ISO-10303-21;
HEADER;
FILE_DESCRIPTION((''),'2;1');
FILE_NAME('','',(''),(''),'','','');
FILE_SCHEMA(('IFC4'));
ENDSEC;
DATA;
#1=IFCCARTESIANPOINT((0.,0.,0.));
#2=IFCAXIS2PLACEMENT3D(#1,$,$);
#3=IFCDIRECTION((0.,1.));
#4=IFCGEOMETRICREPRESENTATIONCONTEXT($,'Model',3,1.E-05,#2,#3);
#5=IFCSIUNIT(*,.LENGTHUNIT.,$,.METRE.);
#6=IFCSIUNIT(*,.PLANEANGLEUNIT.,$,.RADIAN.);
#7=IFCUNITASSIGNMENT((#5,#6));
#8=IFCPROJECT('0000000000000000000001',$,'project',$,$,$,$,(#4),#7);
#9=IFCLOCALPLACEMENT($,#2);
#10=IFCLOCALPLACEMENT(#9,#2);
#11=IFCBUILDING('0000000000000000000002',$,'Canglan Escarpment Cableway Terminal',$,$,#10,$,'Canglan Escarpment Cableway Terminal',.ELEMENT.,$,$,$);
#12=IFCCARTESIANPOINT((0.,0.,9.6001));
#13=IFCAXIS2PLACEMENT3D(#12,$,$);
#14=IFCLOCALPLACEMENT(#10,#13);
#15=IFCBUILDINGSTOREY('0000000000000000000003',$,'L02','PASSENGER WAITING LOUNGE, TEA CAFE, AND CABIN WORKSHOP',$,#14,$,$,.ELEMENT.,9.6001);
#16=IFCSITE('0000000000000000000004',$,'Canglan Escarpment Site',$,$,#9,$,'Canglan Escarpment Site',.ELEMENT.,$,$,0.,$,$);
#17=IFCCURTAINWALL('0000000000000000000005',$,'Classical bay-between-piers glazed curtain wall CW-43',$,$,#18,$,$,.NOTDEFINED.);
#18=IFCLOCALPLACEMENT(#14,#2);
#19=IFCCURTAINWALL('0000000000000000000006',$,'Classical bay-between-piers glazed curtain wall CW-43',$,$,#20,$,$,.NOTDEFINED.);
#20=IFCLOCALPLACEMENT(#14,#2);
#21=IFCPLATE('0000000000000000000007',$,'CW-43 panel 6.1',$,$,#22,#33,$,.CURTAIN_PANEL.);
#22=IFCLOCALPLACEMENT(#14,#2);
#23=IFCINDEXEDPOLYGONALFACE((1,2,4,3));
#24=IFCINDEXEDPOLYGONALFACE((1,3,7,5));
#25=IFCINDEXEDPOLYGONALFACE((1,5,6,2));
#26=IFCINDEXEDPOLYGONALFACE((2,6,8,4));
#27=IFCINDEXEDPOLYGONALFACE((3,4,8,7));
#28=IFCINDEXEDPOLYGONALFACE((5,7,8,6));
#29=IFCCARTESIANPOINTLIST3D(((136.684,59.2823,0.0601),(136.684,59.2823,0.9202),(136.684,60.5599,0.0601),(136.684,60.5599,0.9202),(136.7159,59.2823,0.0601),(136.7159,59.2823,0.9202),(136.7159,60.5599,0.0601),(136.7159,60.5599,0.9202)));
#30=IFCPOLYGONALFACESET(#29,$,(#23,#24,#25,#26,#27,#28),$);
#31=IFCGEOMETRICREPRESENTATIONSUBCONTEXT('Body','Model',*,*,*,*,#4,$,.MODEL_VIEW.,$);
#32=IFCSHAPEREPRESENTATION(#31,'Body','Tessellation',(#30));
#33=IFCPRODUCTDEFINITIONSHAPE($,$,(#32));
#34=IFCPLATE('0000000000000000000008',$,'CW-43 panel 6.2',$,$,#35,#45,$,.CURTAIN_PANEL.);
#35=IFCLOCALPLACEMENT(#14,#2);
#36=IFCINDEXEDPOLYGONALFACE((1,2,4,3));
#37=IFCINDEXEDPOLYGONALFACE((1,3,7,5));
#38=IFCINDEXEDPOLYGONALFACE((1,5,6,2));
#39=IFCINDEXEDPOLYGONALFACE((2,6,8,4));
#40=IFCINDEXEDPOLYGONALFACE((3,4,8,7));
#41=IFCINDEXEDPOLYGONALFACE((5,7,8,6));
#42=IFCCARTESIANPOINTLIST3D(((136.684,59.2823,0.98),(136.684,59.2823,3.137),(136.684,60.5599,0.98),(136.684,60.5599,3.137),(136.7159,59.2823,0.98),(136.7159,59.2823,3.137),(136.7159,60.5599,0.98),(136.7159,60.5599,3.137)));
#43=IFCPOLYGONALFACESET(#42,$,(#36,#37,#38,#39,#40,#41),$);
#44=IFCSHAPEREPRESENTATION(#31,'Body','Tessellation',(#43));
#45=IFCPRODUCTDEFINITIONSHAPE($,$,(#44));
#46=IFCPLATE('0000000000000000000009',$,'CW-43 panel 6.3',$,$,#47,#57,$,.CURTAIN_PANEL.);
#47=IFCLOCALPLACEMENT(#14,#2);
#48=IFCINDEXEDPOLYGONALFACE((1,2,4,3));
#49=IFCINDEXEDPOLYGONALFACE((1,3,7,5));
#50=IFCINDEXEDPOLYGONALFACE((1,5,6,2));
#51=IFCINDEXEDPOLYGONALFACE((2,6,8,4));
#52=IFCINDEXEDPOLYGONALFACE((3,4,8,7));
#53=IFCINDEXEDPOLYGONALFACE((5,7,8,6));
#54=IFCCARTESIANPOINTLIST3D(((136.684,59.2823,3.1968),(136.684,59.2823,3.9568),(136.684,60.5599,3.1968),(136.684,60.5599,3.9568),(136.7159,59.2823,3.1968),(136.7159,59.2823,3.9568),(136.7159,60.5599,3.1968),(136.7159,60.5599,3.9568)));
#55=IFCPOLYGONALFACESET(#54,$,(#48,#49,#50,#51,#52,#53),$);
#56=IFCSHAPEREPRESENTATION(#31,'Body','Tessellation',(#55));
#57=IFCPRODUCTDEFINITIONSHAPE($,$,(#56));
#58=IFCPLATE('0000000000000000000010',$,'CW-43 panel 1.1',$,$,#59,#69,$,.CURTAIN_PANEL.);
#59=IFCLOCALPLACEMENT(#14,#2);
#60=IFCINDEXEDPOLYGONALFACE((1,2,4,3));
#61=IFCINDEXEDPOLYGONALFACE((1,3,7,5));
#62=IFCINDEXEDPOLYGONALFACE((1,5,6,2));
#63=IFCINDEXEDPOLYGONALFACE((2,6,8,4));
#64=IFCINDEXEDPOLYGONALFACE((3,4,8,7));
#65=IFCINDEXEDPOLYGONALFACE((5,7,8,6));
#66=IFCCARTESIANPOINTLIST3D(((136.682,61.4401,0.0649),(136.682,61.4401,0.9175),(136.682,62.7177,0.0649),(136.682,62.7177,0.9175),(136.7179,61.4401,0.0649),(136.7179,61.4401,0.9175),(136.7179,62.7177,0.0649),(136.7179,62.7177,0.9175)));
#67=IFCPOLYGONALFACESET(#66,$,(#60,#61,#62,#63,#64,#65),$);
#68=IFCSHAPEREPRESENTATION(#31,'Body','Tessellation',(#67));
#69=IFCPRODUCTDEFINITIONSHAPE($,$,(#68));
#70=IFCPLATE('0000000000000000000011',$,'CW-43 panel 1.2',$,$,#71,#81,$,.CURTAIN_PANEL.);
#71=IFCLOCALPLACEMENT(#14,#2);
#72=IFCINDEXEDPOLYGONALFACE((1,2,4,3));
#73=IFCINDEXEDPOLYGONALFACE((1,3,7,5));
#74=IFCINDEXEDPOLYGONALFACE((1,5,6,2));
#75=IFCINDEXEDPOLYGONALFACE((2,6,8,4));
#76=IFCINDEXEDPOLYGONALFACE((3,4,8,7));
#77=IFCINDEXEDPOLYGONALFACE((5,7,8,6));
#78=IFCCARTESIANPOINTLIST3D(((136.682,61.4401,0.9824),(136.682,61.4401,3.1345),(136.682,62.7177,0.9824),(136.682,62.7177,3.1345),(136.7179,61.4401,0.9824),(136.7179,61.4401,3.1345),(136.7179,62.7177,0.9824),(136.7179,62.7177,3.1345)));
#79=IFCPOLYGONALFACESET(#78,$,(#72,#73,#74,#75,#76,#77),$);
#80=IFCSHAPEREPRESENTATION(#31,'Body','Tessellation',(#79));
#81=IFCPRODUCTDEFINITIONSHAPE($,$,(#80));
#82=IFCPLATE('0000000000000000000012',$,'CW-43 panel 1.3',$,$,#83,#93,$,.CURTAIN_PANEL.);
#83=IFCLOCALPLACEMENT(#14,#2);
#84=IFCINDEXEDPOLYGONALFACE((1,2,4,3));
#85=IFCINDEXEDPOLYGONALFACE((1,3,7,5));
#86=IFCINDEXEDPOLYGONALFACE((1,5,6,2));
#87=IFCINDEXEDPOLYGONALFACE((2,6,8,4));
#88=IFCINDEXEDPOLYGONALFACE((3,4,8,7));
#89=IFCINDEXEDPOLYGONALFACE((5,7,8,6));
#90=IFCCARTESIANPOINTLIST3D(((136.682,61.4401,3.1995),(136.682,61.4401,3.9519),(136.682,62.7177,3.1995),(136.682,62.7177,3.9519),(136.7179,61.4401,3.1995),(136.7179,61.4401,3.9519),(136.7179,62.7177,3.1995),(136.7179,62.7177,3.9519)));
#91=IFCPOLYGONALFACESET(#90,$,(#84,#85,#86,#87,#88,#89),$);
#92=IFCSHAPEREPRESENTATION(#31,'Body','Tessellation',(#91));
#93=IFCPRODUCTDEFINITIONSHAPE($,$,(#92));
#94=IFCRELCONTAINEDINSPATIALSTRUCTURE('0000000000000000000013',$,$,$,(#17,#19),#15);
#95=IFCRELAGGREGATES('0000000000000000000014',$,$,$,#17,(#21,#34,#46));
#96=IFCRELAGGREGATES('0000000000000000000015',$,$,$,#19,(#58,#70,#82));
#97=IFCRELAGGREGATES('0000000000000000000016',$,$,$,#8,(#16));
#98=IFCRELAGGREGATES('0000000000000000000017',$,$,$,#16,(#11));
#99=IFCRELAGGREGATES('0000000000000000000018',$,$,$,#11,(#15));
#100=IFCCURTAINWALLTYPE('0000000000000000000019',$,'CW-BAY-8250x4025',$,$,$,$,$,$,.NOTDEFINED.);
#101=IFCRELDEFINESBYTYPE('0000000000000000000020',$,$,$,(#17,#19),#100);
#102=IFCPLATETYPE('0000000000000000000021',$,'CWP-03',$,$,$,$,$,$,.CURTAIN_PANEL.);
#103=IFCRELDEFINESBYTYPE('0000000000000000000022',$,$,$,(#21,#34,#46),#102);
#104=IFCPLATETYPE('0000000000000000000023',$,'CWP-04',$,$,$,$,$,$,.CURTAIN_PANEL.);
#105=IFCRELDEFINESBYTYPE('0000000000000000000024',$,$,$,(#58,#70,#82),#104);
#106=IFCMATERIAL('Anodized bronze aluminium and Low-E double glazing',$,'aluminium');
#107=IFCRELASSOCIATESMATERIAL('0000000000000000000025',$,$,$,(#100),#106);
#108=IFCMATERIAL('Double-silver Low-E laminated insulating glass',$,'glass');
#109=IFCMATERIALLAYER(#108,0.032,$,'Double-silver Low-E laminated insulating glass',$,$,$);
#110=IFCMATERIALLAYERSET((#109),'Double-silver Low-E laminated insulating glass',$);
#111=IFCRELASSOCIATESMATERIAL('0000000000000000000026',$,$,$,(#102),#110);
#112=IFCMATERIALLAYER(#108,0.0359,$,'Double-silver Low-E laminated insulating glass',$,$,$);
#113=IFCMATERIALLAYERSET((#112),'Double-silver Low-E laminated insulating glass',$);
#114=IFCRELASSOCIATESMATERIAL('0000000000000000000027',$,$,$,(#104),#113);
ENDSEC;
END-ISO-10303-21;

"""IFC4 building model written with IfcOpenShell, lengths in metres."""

from ifc_helpers import new_model, si_unit, direction, frame, origin, origin_2d, place, context, subcontext, project, spatial, rectangle, extrude, material, layer, layer_set, type_object, element, aggregate, save


model = new_model("IFC4")

# Units and contexts
model_context = context("Model", 3, precision=1e-05, world=origin(), true_north=direction((0.0, 1.0)))
body_context = subcontext(model_context, "Body", "Model", "MODEL_VIEW")
ifc_project = project(units=[si_unit("LENGTHUNIT", "METRE"), si_unit("PLANEANGLEUNIT", "RADIAN")], contexts=[model_context])

# Site, building, storey
site_placement = place(None, origin())
site = spatial("IfcSite", under=ifc_project, at=site_placement, Name="Canglan Escarpment Site", LongName="Canglan Escarpment Site", CompositionType="ELEMENT", RefElevation=0.0)
building_placement = place(site_placement, origin())
building = spatial("IfcBuilding", under=site, at=building_placement, Name="Canglan Escarpment Cableway Terminal", LongName="Canglan Escarpment Cableway Terminal", CompositionType="ELEMENT")
storey_placement = place(building_placement, frame((0.0, 0.0, 9.6001)))
storey = spatial("IfcBuildingStorey", under=building, at=storey_placement, Name="L02", Description="PASSENGER WAITING LOUNGE, TEA CAFE, AND CABIN WORKSHOP", CompositionType="ELEMENT", Elevation=9.6001)

# Curtain walls
ifc_material_1 = material(Name="Anodized bronze aluminium and Low-E double glazing", Category="aluminium")
curtain_wall_type = type_object("IfcCurtainWallType", Name="CW-BAY-8250x4025", PredefinedType="NOTDEFINED", material=ifc_material_1)
curtain_wall_1_placement = place(storey_placement, origin())
curtain_wall_1 = element("IfcCurtainWall", 1, at=curtain_wall_1_placement, inside=storey, type_object=curtain_wall_type, Name="Classical bay-between-piers glazed curtain wall CW-43", PredefinedType="NOTDEFINED")
curtain_wall_2_placement = place(storey_placement, origin())
curtain_wall_2 = element("IfcCurtainWall", 2, at=curtain_wall_2_placement, inside=storey, type_object=curtain_wall_type, Name="Classical bay-between-piers glazed curtain wall CW-43", PredefinedType="NOTDEFINED")

# Plates
ifc_material_2 = material(Name="Double-silver Low-E laminated insulating glass", Category="glass")
ifc_layer_1 = layer(ifc_material_2, 0.032, Name="Double-silver Low-E laminated insulating glass")
ifc_layer_set_1 = layer_set([ifc_layer_1], Name="Double-silver Low-E laminated insulating glass")
plate_type_1 = type_object("IfcPlateType", Name="CWP-03", PredefinedType="CURTAIN_PANEL", material=ifc_layer_set_1)
plate_1_placement = place(storey_placement, frame((136.7, 59.9211, 0.0601), z_axis=(0.0, 0.0, 1.0), x_axis=(0.0, 1.0, 0.0)))
plate_1 = element("IfcPlate", 3, at=plate_1_placement, type_object=plate_type_1, Name="CW-43 panel 6.1", PredefinedType="CURTAIN_PANEL", context=body_context, shape_type="SweptSolid", body=[
    extrude(rectangle(XDim=1.2776, YDim=0.032, at=origin_2d()), origin(), (0.0, 0.0, 1.0), 0.8601),
])
plate_2_placement = place(storey_placement, frame((136.7, 59.9211, 0.98), z_axis=(0.0, 0.0, 1.0), x_axis=(0.0, 1.0, 0.0)))
plate_2 = element("IfcPlate", 4, at=plate_2_placement, type_object=plate_type_1, Name="CW-43 panel 6.2", PredefinedType="CURTAIN_PANEL", context=body_context, shape_type="SweptSolid", body=[
    extrude(rectangle(XDim=1.2776, YDim=0.032, at=origin_2d()), origin(), (0.0, 0.0, 1.0), 2.157),
])
plate_3_placement = place(storey_placement, frame((136.7, 59.9211, 3.1968), z_axis=(0.0, 0.0, 1.0), x_axis=(0.0, 1.0, 0.0)))
plate_3 = element("IfcPlate", 5, at=plate_3_placement, type_object=plate_type_1, Name="CW-43 panel 6.3", PredefinedType="CURTAIN_PANEL", context=body_context, shape_type="SweptSolid", body=[
    extrude(rectangle(XDim=1.2776, YDim=0.032, at=origin_2d()), origin(), (0.0, 0.0, 1.0), 0.76),
])
aggregate(curtain_wall_1, [plate_1, plate_2, plate_3])
ifc_layer_2 = layer(ifc_material_2, 0.0359, Name="Double-silver Low-E laminated insulating glass")
ifc_layer_set_2 = layer_set([ifc_layer_2], Name="Double-silver Low-E laminated insulating glass")
plate_type_2 = type_object("IfcPlateType", Name="CWP-04", PredefinedType="CURTAIN_PANEL", material=ifc_layer_set_2)
plate_4_placement = place(storey_placement, frame((136.7, 62.0789, 0.0649), z_axis=(0.0, 0.0, 1.0), x_axis=(0.0, 1.0, 0.0)))
plate_4 = element("IfcPlate", 6, at=plate_4_placement, type_object=plate_type_2, Name="CW-43 panel 1.1", PredefinedType="CURTAIN_PANEL", context=body_context, shape_type="SweptSolid", body=[
    extrude(rectangle(XDim=1.2776, YDim=0.0359, at=origin_2d()), origin(), (0.0, 0.0, 1.0), 0.8525),
])
plate_5_placement = place(storey_placement, frame((136.7, 62.0789, 0.9824), z_axis=(0.0, 0.0, 1.0), x_axis=(0.0, 1.0, 0.0)))
plate_5 = element("IfcPlate", 7, at=plate_5_placement, type_object=plate_type_2, Name="CW-43 panel 1.2", PredefinedType="CURTAIN_PANEL", context=body_context, shape_type="SweptSolid", body=[
    extrude(rectangle(XDim=1.2776, YDim=0.0359, at=origin_2d()), origin(), (0.0, 0.0, 1.0), 2.1521),
])
plate_6_placement = place(storey_placement, frame((136.7, 62.0789, 3.1995), z_axis=(0.0, 0.0, 1.0), x_axis=(0.0, 1.0, 0.0)))
plate_6 = element("IfcPlate", 8, at=plate_6_placement, type_object=plate_type_2, Name="CW-43 panel 1.3", PredefinedType="CURTAIN_PANEL", context=body_context, shape_type="SweptSolid", body=[
    extrude(rectangle(XDim=1.2776, YDim=0.0359, at=origin_2d()), origin(), (0.0, 0.0, 1.0), 0.7524),
])
aggregate(curtain_wall_2, [plate_4, plate_5, plate_6])

save(model, "model.ifc")
